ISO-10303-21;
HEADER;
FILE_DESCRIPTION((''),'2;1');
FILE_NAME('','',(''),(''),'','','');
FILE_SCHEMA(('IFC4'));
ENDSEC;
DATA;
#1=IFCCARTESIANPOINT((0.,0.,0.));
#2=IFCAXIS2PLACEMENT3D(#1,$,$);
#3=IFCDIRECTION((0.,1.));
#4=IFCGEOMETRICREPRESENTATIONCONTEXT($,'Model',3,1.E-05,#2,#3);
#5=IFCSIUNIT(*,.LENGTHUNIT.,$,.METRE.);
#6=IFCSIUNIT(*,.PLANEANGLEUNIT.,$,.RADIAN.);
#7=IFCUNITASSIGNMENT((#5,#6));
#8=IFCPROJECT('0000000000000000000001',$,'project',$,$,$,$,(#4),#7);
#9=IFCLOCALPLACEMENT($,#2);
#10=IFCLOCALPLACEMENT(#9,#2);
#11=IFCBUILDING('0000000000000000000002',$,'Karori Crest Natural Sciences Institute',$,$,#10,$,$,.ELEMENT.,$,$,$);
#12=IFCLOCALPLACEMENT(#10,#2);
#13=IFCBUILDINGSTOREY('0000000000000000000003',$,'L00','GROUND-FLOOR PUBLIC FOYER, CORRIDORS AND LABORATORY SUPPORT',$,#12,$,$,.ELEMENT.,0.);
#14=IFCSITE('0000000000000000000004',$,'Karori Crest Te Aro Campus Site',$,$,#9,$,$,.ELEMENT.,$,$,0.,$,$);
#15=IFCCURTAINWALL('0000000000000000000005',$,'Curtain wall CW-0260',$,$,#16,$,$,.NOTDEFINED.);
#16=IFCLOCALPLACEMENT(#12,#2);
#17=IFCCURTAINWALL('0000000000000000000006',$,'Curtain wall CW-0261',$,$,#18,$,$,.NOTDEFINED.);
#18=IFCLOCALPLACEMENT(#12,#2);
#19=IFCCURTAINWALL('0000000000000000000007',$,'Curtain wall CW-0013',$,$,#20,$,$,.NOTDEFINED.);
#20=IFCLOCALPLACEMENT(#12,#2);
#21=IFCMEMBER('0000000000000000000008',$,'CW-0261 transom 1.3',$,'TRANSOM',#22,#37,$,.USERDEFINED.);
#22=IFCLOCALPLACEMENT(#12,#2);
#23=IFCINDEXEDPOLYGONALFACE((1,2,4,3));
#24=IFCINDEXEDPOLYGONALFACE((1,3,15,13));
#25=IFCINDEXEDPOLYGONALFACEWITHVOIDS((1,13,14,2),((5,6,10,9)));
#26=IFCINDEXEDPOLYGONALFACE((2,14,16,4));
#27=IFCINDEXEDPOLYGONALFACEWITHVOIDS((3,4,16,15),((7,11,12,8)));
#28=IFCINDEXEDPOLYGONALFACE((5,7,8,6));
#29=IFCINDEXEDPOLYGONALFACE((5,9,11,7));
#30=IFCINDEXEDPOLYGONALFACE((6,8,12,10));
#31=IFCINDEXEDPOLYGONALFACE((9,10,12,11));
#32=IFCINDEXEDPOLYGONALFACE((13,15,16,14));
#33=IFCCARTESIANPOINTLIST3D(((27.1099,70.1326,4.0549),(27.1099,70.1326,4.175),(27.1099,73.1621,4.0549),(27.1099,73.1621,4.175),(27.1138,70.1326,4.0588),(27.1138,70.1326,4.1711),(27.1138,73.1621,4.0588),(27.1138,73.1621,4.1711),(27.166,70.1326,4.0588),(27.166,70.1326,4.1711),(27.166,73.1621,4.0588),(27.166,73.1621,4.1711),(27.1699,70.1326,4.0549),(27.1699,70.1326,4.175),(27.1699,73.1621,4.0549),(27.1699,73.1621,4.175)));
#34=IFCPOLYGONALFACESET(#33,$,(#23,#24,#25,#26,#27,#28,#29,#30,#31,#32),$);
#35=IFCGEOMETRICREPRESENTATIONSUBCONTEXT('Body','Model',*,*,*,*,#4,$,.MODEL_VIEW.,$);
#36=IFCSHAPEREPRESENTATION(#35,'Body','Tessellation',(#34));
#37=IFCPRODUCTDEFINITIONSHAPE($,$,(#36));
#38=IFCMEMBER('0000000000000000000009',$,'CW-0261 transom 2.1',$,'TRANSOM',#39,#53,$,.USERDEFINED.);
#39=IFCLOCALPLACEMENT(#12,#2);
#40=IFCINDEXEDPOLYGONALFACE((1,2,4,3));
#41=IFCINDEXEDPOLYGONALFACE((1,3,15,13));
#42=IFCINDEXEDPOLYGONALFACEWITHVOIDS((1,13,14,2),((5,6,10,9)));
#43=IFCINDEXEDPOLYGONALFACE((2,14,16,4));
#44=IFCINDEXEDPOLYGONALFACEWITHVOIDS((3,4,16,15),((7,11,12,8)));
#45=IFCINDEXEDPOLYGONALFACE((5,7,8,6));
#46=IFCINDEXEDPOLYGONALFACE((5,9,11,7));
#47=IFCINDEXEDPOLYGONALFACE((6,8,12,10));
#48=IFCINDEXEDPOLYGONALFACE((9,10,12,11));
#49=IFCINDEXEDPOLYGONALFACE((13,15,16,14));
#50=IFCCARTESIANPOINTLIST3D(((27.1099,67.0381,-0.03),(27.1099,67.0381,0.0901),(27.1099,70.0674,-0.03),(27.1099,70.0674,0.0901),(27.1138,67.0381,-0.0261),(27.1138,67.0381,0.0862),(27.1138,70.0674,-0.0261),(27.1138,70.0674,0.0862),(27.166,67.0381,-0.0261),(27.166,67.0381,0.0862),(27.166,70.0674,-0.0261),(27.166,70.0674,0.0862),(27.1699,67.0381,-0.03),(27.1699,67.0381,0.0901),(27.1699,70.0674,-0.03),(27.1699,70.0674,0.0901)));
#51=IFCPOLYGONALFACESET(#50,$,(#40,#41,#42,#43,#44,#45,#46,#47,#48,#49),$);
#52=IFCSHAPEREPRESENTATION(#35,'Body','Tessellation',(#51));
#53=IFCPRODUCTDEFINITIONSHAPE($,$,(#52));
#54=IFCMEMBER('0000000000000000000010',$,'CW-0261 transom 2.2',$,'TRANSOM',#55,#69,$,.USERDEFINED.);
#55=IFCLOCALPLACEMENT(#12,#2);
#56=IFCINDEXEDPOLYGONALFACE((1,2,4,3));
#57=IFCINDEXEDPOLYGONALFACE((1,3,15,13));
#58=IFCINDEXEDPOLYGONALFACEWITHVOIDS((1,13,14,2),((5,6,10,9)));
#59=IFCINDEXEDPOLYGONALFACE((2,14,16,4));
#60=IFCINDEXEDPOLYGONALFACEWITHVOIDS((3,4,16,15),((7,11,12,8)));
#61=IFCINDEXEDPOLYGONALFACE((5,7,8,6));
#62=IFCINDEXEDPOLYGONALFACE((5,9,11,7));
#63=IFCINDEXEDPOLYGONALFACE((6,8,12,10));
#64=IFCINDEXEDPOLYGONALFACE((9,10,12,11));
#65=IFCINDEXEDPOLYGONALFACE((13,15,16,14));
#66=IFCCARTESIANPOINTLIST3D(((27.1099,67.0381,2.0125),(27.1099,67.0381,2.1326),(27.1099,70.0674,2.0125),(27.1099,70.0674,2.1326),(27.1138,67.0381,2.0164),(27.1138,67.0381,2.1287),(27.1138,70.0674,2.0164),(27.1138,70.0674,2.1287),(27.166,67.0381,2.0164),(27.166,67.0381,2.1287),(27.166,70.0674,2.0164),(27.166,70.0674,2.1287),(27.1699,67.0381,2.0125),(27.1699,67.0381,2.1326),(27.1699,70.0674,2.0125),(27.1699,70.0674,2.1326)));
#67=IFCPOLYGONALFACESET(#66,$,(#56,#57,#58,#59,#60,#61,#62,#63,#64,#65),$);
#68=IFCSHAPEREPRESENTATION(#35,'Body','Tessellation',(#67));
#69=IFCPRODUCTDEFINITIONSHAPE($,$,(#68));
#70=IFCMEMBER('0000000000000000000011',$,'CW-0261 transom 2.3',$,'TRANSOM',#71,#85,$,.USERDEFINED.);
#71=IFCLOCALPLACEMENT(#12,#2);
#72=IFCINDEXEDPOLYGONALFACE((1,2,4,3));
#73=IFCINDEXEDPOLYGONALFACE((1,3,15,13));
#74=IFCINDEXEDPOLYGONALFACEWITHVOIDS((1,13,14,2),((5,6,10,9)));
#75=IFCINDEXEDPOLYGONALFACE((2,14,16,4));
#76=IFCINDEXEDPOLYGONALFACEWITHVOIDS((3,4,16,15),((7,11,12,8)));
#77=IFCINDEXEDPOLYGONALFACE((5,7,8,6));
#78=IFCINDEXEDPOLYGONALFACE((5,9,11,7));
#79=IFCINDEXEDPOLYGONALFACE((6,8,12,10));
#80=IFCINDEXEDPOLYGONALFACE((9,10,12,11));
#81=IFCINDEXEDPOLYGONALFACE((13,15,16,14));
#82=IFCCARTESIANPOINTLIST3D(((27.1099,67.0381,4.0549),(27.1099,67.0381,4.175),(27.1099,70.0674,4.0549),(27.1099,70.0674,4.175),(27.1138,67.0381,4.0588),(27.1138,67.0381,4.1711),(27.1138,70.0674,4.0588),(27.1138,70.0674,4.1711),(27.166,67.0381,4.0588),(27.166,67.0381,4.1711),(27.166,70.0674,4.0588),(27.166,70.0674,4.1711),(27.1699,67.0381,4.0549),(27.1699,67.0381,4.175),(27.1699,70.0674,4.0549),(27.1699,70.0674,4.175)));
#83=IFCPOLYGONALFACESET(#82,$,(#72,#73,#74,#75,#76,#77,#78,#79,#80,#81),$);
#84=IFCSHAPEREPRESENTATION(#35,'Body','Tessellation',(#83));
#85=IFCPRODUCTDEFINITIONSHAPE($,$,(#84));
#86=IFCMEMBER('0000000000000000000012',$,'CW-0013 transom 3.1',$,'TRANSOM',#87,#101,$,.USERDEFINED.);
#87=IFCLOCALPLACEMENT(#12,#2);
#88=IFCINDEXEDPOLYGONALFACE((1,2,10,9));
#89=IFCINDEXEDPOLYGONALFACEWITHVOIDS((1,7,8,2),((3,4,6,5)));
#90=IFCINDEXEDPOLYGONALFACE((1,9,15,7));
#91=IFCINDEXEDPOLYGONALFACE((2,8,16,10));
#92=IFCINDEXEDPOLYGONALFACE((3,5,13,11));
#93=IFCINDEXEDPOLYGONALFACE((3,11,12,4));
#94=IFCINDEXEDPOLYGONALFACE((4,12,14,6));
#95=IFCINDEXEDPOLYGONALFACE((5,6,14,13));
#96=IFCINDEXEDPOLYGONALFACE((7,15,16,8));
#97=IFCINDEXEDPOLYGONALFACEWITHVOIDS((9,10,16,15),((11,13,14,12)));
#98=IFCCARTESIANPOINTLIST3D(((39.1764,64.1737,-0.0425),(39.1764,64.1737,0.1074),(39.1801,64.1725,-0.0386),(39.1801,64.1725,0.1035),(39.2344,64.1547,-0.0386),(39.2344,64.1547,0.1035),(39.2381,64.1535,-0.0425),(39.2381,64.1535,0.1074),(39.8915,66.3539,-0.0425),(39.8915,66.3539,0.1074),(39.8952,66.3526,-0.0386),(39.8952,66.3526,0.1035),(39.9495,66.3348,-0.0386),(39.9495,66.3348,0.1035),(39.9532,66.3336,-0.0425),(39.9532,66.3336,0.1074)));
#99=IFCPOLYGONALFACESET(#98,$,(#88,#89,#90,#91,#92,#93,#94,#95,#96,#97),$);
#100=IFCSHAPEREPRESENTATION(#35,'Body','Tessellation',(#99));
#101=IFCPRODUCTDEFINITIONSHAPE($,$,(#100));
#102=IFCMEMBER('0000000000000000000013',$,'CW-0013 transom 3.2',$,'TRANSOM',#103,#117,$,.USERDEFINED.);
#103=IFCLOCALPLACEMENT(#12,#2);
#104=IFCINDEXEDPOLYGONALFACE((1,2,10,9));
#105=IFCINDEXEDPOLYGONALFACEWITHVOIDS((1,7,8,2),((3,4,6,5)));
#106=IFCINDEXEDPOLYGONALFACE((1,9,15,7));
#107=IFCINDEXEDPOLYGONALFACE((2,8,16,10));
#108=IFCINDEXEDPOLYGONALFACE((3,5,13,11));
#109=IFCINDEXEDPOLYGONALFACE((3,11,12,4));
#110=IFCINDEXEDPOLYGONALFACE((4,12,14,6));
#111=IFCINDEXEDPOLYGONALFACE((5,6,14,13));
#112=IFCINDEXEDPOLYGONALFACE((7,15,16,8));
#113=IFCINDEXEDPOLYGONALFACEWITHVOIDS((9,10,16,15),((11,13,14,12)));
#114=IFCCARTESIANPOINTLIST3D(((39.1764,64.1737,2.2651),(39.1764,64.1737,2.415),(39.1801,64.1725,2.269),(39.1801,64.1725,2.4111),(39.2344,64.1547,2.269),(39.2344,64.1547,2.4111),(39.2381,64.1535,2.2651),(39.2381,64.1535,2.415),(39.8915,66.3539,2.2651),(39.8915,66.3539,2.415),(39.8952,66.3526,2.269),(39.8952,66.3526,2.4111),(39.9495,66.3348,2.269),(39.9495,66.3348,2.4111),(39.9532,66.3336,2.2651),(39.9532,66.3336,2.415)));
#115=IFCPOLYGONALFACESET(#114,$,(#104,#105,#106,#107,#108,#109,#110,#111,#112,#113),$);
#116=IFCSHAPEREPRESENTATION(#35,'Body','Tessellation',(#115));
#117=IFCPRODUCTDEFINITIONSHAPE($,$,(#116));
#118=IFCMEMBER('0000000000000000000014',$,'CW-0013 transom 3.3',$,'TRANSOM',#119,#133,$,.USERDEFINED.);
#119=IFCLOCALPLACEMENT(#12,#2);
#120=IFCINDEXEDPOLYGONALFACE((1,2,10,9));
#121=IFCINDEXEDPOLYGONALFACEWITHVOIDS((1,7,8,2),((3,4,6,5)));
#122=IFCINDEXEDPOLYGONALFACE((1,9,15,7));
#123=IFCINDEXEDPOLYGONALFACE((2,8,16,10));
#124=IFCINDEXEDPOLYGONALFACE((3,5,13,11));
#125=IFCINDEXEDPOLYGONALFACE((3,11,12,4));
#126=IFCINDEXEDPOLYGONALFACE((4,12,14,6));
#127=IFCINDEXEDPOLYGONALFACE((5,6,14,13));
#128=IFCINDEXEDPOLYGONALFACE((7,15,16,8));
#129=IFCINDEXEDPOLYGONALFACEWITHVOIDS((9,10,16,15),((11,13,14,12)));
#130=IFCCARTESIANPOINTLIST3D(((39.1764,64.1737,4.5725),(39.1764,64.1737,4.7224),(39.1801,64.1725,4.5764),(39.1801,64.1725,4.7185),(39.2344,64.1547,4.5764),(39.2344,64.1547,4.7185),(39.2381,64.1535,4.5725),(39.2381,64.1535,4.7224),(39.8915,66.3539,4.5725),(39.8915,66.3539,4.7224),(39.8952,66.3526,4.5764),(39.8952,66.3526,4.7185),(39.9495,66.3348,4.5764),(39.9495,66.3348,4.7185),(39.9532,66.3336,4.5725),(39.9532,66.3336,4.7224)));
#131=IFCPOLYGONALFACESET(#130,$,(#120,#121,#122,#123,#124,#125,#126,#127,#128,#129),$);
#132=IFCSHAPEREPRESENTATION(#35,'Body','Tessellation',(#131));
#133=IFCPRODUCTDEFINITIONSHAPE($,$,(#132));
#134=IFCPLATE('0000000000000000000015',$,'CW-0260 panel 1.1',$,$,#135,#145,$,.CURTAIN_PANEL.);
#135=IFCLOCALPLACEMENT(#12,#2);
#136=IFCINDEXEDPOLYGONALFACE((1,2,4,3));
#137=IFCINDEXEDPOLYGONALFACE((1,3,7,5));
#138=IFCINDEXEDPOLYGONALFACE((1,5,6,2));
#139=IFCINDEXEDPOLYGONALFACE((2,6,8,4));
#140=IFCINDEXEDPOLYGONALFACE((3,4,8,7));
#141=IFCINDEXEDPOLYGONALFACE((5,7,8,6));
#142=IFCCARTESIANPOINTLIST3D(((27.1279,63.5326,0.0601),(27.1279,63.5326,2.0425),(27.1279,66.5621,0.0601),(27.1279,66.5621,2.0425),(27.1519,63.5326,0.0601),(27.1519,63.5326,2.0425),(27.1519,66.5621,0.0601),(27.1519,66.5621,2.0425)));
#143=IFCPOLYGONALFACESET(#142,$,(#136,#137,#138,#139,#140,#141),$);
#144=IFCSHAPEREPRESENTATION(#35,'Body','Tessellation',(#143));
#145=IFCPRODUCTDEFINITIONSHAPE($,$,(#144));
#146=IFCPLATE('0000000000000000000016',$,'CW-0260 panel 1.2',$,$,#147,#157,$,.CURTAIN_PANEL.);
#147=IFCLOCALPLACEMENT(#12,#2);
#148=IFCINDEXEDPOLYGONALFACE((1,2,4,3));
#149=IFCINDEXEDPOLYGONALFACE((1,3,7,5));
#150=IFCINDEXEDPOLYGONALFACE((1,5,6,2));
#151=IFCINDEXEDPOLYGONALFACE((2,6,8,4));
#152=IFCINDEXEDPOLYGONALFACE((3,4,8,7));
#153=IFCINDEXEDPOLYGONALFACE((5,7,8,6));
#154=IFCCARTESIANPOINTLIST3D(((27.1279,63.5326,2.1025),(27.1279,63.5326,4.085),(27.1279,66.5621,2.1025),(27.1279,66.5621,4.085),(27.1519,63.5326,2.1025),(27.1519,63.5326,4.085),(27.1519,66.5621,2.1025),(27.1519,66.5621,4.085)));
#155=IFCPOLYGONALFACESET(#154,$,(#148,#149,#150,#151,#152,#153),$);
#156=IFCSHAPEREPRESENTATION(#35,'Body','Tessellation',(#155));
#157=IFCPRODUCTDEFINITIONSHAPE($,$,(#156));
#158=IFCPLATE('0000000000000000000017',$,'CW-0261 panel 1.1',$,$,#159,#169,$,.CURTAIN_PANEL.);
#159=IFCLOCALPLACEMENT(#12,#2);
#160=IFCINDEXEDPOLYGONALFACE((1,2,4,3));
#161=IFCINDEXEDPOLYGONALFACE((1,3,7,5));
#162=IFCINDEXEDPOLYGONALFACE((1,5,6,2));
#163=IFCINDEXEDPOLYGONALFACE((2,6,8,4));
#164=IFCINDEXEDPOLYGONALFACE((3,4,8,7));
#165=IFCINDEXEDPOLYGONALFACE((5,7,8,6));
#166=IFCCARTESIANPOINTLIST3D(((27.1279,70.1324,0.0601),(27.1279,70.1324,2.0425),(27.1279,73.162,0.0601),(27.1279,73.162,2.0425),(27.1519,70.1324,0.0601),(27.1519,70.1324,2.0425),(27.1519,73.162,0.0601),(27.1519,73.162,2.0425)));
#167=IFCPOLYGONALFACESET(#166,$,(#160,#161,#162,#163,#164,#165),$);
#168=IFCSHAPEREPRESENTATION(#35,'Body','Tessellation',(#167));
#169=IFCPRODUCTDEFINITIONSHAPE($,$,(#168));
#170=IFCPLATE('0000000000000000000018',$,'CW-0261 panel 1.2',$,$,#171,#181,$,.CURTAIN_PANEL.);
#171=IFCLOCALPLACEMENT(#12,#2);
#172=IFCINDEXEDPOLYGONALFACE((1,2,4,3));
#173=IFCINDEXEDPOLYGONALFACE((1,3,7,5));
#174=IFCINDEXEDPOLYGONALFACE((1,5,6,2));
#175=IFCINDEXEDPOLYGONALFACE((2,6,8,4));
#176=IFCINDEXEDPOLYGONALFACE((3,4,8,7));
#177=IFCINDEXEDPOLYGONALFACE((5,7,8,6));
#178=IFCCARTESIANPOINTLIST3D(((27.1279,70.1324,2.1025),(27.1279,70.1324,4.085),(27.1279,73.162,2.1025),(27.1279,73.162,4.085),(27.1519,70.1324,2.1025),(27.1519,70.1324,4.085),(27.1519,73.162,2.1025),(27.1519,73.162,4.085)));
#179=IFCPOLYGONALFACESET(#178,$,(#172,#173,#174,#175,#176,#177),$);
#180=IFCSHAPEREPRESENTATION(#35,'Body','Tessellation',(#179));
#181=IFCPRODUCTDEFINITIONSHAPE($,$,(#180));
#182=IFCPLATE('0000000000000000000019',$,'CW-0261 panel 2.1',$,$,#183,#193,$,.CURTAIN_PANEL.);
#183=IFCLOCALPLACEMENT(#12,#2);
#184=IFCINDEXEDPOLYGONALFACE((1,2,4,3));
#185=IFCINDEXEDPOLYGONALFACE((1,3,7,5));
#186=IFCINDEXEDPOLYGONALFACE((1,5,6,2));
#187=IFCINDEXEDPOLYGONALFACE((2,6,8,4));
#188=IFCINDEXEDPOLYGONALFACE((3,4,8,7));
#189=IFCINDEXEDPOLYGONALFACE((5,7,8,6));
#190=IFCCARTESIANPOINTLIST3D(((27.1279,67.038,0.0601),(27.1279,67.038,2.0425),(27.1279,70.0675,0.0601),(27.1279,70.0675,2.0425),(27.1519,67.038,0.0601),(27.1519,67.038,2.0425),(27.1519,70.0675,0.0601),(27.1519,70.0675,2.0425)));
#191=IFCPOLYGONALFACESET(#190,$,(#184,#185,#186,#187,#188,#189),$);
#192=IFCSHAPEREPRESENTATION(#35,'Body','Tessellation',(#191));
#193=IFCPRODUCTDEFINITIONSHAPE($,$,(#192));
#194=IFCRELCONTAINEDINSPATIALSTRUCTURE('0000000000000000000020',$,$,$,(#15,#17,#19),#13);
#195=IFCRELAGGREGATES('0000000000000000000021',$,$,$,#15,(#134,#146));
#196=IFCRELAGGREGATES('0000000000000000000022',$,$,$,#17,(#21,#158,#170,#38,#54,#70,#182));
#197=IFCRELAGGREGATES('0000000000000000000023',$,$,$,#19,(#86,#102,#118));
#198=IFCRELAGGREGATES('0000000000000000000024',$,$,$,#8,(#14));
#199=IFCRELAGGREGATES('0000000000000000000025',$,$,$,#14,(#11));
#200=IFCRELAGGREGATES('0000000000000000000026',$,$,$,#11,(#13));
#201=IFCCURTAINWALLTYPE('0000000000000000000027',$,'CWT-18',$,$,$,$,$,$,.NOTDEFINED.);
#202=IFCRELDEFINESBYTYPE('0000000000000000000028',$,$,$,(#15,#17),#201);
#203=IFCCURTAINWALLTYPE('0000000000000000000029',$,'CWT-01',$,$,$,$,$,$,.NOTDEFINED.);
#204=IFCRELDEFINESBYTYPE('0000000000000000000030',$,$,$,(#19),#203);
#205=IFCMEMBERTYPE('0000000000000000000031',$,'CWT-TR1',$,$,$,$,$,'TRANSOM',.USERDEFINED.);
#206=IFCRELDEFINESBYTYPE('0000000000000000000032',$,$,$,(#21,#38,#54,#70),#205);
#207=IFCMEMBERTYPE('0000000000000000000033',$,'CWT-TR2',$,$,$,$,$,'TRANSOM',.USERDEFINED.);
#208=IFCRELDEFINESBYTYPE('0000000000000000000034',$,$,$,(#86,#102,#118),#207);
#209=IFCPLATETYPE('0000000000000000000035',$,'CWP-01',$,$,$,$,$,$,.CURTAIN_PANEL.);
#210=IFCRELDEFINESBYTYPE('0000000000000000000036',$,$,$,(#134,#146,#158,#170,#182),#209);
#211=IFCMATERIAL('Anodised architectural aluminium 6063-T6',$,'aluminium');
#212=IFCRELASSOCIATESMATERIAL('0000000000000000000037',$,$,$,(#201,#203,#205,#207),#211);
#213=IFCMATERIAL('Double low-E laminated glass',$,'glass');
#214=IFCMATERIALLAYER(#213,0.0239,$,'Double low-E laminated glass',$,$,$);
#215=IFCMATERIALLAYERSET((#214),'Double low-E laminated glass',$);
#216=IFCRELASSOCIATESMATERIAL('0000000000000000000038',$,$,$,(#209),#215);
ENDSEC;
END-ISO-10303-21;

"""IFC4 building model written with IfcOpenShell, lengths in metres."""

from ifc_helpers import new_model, si_unit, direction, frame, origin, origin_2d, place, context, subcontext, project, spatial, rectangle, hollow_rectangle, extrude, material, layer, layer_set, material_profile, profile_set, type_object, element, aggregate, save


model = new_model("IFC4")

# Units and contexts
model_context = context("Model", 3, precision=1e-05, world=origin(), true_north=direction((0.0, 1.0)))
body_context = subcontext(model_context, "Body", "Model", "MODEL_VIEW")
ifc_project = project(units=[si_unit("LENGTHUNIT", "METRE"), si_unit("PLANEANGLEUNIT", "RADIAN")], contexts=[model_context])

# Site, building, storey
site_placement = place(None, origin())
site = spatial("IfcSite", under=ifc_project, at=site_placement, Name="Karori Crest Te Aro Campus Site", CompositionType="ELEMENT", RefElevation=0.0)
building_placement = place(site_placement, origin())
building = spatial("IfcBuilding", under=site, at=building_placement, Name="Karori Crest Natural Sciences Institute", CompositionType="ELEMENT")
storey_placement = place(building_placement, origin())
storey = spatial("IfcBuildingStorey", under=building, at=storey_placement, Name="L00", Description="GROUND-FLOOR PUBLIC FOYER, CORRIDORS AND LABORATORY SUPPORT", CompositionType="ELEMENT", Elevation=0.0)

# Curtain walls
ifc_material_1 = material(Name="Anodised architectural aluminium 6063-T6", Category="aluminium")
curtain_wall_type_1 = type_object("IfcCurtainWallType", Name="CWT-18", PredefinedType="NOTDEFINED", material=ifc_material_1)
curtain_wall_1_placement = place(storey_placement, origin())
curtain_wall_1 = element("IfcCurtainWall", 1, at=curtain_wall_1_placement, inside=storey, type_object=curtain_wall_type_1, Name="Curtain wall CW-0260", PredefinedType="NOTDEFINED")
curtain_wall_2_placement = place(storey_placement, origin())
curtain_wall_2 = element("IfcCurtainWall", 2, at=curtain_wall_2_placement, inside=storey, type_object=curtain_wall_type_1, Name="Curtain wall CW-0261", PredefinedType="NOTDEFINED")

# Curtain wall
curtain_wall_type_2 = type_object("IfcCurtainWallType", Name="CWT-01", PredefinedType="NOTDEFINED", material=ifc_material_1)
curtain_wall_3_placement = place(storey_placement, origin())
curtain_wall_3 = element("IfcCurtainWall", 3, at=curtain_wall_3_placement, inside=storey, type_object=curtain_wall_type_2, Name="Curtain wall CW-0013", PredefinedType="NOTDEFINED")

# Members
ifc_material_profile_1 = material_profile(ifc_material_1, hollow_rectangle(XDim=0.0601, YDim=0.1201, WallThickness=0.0039, at=origin_2d()), Name="CWT120x60x4")
ifc_profile_set_1 = profile_set([ifc_material_profile_1], Name="Anodised architectural aluminium 6063-T6")
member_type_1 = type_object("IfcMemberType", Name="CWT-TR1", ElementType="TRANSOM", PredefinedType="USERDEFINED", material=ifc_profile_set_1)
member_1_placement = place(storey_placement, frame((27.1399, 73.1621, 4.115), z_axis=(0.0, -1.0, 0.0), x_axis=(1.0, 0.0, 0.0)))
member_1 = element("IfcMember", 4, at=member_1_placement, type_object=member_type_1, Name="CW-0261 transom 1.3", ObjectType="TRANSOM", PredefinedType="USERDEFINED", context=body_context, shape_type="SweptSolid", body=[
    extrude(hollow_rectangle(XDim=0.0601, YDim=0.1201, WallThickness=0.0039, at=origin_2d()), origin(), (0.0, 0.0, 1.0), 3.0295),
])
member_2_placement = place(storey_placement, frame((27.1399, 70.0674, 0.03), z_axis=(0.0, -1.0, 0.0), x_axis=(1.0, 0.0, 0.0)))
member_2 = element("IfcMember", 5, at=member_2_placement, type_object=member_type_1, Name="CW-0261 transom 2.1", ObjectType="TRANSOM", PredefinedType="USERDEFINED", context=body_context, shape_type="SweptSolid", body=[
    extrude(hollow_rectangle(XDim=0.0601, YDim=0.1201, WallThickness=0.0039, at=origin_2d()), origin(), (0.0, 0.0, 1.0), 3.0293),
])
member_3_placement = place(storey_placement, frame((27.1399, 70.0674, 2.0725), z_axis=(0.0, -1.0, 0.0), x_axis=(1.0, 0.0, 0.0)))
member_3 = element("IfcMember", 6, at=member_3_placement, type_object=member_type_1, Name="CW-0261 transom 2.2", ObjectType="TRANSOM", PredefinedType="USERDEFINED", context=body_context, shape_type="SweptSolid", body=[
    extrude(hollow_rectangle(XDim=0.0601, YDim=0.1201, WallThickness=0.0039, at=origin_2d()), origin(), (0.0, 0.0, 1.0), 3.0293),
])
member_4_placement = place(storey_placement, frame((27.1399, 70.0674, 4.115), z_axis=(0.0, -1.0, 0.0), x_axis=(1.0, 0.0, 0.0)))
member_4 = element("IfcMember", 7, at=member_4_placement, type_object=member_type_1, Name="CW-0261 transom 2.3", ObjectType="TRANSOM", PredefinedType="USERDEFINED", context=body_context, shape_type="SweptSolid", body=[
    extrude(hollow_rectangle(XDim=0.0601, YDim=0.1201, WallThickness=0.0039, at=origin_2d()), origin(), (0.0, 0.0, 1.0), 3.0293),
])
ifc_material_profile_2 = material_profile(ifc_material_1, hollow_rectangle(XDim=0.0649, YDim=0.1499, WallThickness=0.0039, at=origin_2d()), Name="CWT150x65x4")
ifc_profile_set_2 = profile_set([ifc_material_profile_2], Name="Anodised architectural aluminium 6063-T6")
member_type_2 = type_object("IfcMemberType", Name="CWT-TR2", ElementType="TRANSOM", PredefinedType="USERDEFINED", material=ifc_profile_set_2)
member_5_placement = place(storey_placement, frame((39.2073, 64.1636, 0.0325), z_axis=(0.311659, 0.950194, 0.0), x_axis=(-0.950194, 0.311659, 0.0)))
member_5 = element("IfcMember", 8, at=member_5_placement, type_object=member_type_2, Name="CW-0013 transom 3.1", ObjectType="TRANSOM", PredefinedType="USERDEFINED", context=body_context, shape_type="SweptSolid", body=[
    extrude(hollow_rectangle(XDim=0.0649, YDim=0.1499, WallThickness=0.0039, at=origin_2d()), origin(), (0.0, 0.0, 1.0), 2.2944),
])
member_6_placement = place(storey_placement, frame((39.2073, 64.1636, 2.3401), z_axis=(0.311659, 0.950194, 0.0), x_axis=(-0.950194, 0.311659, 0.0)))
member_6 = element("IfcMember", 9, at=member_6_placement, type_object=member_type_2, Name="CW-0013 transom 3.2", ObjectType="TRANSOM", PredefinedType="USERDEFINED", context=body_context, shape_type="SweptSolid", body=[
    extrude(hollow_rectangle(XDim=0.0649, YDim=0.1499, WallThickness=0.0039, at=origin_2d()), origin(), (0.0, 0.0, 1.0), 2.2944),
])
member_7_placement = place(storey_placement, frame((39.2073, 64.1636, 4.6475), z_axis=(0.311659, 0.950194, 0.0), x_axis=(-0.950194, 0.311659, 0.0)))
member_7 = element("IfcMember", 10, at=member_7_placement, type_object=member_type_2, Name="CW-0013 transom 3.3", ObjectType="TRANSOM", PredefinedType="USERDEFINED", context=body_context, shape_type="SweptSolid", body=[
    extrude(hollow_rectangle(XDim=0.0649, YDim=0.1499, WallThickness=0.0039, at=origin_2d()), origin(), (0.0, 0.0, 1.0), 2.2944),
])

# Plates
ifc_material_2 = material(Name="Double low-E laminated glass", Category="glass")
ifc_layer_1 = layer(ifc_material_2, 0.0239, Name="Double low-E laminated glass")
ifc_layer_set_1 = layer_set([ifc_layer_1], Name="Double low-E laminated glass")
plate_type_1 = type_object("IfcPlateType", Name="CWP-01", PredefinedType="CURTAIN_PANEL", material=ifc_layer_set_1)
plate_1_placement = place(storey_placement, frame((27.1399, 65.0474, 0.0601), z_axis=(0.0, 0.0, 1.0), x_axis=(0.0, -1.0, 0.0)))
plate_1 = element("IfcPlate", 11, at=plate_1_placement, type_object=plate_type_1, Name="CW-0260 panel 1.1", PredefinedType="CURTAIN_PANEL", context=body_context, shape_type="SweptSolid", body=[
    extrude(rectangle(XDim=3.0295, YDim=0.0239, at=origin_2d()), origin(), (0.0, 0.0, 1.0), 1.9824),
])
plate_2_placement = place(storey_placement, frame((27.1399, 65.0474, 2.1025), z_axis=(0.0, 0.0, 1.0), x_axis=(0.0, -1.0, 0.0)))
plate_2 = element("IfcPlate", 12, at=plate_2_placement, type_object=plate_type_1, Name="CW-0260 panel 1.2", PredefinedType="CURTAIN_PANEL", context=body_context, shape_type="SweptSolid", body=[
    extrude(rectangle(XDim=3.0295, YDim=0.0239, at=origin_2d()), origin(), (0.0, 0.0, 1.0), 1.9824),
])
aggregate(curtain_wall_1, [plate_1, plate_2])
plate_3_placement = place(storey_placement, frame((27.1399, 71.6472, 0.0601), z_axis=(0.0, 0.0, 1.0), x_axis=(0.0, -1.0, 0.0)))
plate_3 = element("IfcPlate", 13, at=plate_3_placement, type_object=plate_type_1, Name="CW-0261 panel 1.1", PredefinedType="CURTAIN_PANEL", context=body_context, shape_type="SweptSolid", body=[
    extrude(rectangle(XDim=3.0295, YDim=0.0239, at=origin_2d()), origin(), (0.0, 0.0, 1.0), 1.9824),
])
plate_4_placement = place(storey_placement, frame((27.1399, 71.6472, 2.1025), z_axis=(0.0, 0.0, 1.0), x_axis=(0.0, -1.0, 0.0)))
plate_4 = element("IfcPlate", 14, at=plate_4_placement, type_object=plate_type_1, Name="CW-0261 panel 1.2", PredefinedType="CURTAIN_PANEL", context=body_context, shape_type="SweptSolid", body=[
    extrude(rectangle(XDim=3.0295, YDim=0.0239, at=origin_2d()), origin(), (0.0, 0.0, 1.0), 1.9824),
])
plate_5_placement = place(storey_placement, frame((27.1399, 68.5527, 0.0601), z_axis=(0.0, 0.0, 1.0), x_axis=(0.0, -1.0, 0.0)))
plate_5 = element("IfcPlate", 15, at=plate_5_placement, type_object=plate_type_1, Name="CW-0261 panel 2.1", PredefinedType="CURTAIN_PANEL", context=body_context, shape_type="SweptSolid", body=[
    extrude(rectangle(XDim=3.0295, YDim=0.0239, at=origin_2d()), origin(), (0.0, 0.0, 1.0), 1.9824),
])
aggregate(curtain_wall_2, [member_1, plate_3, plate_4, member_2, member_3, member_4, plate_5])
aggregate(curtain_wall_3, [member_5, member_6, member_7])

save(model, "model.ifc")
